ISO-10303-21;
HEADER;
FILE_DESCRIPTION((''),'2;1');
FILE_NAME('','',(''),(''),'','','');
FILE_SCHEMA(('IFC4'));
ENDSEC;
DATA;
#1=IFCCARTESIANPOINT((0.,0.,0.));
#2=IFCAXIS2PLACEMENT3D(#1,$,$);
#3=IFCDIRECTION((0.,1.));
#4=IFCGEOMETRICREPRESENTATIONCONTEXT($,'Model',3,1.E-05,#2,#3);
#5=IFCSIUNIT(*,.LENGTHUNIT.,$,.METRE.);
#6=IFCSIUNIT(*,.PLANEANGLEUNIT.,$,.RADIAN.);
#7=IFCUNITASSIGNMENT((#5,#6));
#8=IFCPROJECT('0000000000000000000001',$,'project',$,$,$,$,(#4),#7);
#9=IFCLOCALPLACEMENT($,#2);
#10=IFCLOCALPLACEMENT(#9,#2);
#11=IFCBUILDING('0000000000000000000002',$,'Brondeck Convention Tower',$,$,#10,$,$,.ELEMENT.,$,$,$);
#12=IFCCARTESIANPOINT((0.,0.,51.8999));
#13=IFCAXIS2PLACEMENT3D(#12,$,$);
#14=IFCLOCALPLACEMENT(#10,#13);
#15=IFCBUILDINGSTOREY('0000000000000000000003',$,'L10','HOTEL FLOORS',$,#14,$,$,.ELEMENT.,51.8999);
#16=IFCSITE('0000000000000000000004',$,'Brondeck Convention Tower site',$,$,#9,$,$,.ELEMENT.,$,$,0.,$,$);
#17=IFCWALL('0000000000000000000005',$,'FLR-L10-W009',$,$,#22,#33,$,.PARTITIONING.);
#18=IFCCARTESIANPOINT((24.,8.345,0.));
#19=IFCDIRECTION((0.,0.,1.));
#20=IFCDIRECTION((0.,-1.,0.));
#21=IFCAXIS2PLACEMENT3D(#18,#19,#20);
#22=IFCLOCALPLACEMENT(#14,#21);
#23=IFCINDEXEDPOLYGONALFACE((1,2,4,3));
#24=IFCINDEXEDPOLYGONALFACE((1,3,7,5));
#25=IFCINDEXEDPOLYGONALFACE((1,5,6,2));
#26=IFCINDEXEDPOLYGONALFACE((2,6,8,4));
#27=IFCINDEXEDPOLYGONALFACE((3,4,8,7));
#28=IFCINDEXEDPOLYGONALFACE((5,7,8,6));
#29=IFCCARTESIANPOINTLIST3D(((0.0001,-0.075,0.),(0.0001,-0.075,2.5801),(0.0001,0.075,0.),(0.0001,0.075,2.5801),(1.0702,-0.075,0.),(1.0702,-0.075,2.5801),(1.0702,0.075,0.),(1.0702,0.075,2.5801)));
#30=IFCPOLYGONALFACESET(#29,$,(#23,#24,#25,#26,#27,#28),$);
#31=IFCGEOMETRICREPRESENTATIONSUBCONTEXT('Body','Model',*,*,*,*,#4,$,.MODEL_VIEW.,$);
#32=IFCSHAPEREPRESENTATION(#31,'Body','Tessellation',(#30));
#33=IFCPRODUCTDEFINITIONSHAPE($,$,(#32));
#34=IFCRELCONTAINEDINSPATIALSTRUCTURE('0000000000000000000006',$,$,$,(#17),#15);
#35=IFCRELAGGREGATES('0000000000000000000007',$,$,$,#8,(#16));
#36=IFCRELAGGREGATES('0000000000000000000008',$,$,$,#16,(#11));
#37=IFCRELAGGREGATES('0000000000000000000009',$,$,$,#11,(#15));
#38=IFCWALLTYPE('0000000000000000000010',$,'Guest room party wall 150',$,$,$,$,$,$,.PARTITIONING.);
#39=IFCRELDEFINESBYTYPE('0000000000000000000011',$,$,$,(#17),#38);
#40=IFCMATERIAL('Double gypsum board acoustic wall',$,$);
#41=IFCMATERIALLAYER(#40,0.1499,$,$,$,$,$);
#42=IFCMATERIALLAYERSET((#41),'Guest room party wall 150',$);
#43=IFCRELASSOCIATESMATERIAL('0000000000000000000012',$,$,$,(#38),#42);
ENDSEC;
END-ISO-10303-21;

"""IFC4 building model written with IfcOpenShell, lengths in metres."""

from ifc_helpers import new_model, si_unit, direction, frame, frame_2d, origin, place, context, subcontext, project, spatial, rectangle, extrude, material, layer, layer_set, type_object, element, save


model = new_model("IFC4")

# Units and contexts
model_context = context("Model", 3, precision=1e-05, world=origin(), true_north=direction((0.0, 1.0)))
body_context = subcontext(model_context, "Body", "Model", "MODEL_VIEW")
ifc_project = project(units=[si_unit("LENGTHUNIT", "METRE"), si_unit("PLANEANGLEUNIT", "RADIAN")], contexts=[model_context])

# Site, building, storey
site_placement = place(None, origin())
site = spatial("IfcSite", under=ifc_project, at=site_placement, Name="Brondeck Convention Tower site", CompositionType="ELEMENT", RefElevation=0.0)
building_placement = place(site_placement, origin())
building = spatial("IfcBuilding", under=site, at=building_placement, Name="Brondeck Convention Tower", CompositionType="ELEMENT")
storey_placement = place(building_placement, frame((0.0, 0.0, 51.8999)))
storey = spatial("IfcBuildingStorey", under=building, at=storey_placement, Name="L10", Description="HOTEL FLOORS", CompositionType="ELEMENT", Elevation=51.8999)

# Shared definitions
ifc_material_1 = material(Name="Double gypsum board acoustic wall")
ifc_layer_1 = layer(ifc_material_1, 0.1499)
ifc_layer_set_1 = layer_set([ifc_layer_1], Name="Guest room party wall 150")
wall_type_1 = type_object("IfcWallType", Name="Guest room party wall 150", PredefinedType="PARTITIONING", material=ifc_layer_set_1)

# Wall
wall_1_placement = place(storey_placement, frame((24.0, 8.345, 0.0), z_axis=(0.0, 0.0, 1.0), x_axis=(0.0, -1.0, 0.0)))
element("IfcWall", 1, at=wall_1_placement, inside=storey, type_object=wall_type_1, Name="FLR-L10-W009", PredefinedType="PARTITIONING", context=body_context, shape_type="SweptSolid", body=[
    extrude(rectangle(XDim=1.0701, YDim=0.1499, at=frame_2d((0.5352, 0.0))), origin(), (0.0, 0.0, 1.0), 2.5801),
])

save(model, "model.ifc")
